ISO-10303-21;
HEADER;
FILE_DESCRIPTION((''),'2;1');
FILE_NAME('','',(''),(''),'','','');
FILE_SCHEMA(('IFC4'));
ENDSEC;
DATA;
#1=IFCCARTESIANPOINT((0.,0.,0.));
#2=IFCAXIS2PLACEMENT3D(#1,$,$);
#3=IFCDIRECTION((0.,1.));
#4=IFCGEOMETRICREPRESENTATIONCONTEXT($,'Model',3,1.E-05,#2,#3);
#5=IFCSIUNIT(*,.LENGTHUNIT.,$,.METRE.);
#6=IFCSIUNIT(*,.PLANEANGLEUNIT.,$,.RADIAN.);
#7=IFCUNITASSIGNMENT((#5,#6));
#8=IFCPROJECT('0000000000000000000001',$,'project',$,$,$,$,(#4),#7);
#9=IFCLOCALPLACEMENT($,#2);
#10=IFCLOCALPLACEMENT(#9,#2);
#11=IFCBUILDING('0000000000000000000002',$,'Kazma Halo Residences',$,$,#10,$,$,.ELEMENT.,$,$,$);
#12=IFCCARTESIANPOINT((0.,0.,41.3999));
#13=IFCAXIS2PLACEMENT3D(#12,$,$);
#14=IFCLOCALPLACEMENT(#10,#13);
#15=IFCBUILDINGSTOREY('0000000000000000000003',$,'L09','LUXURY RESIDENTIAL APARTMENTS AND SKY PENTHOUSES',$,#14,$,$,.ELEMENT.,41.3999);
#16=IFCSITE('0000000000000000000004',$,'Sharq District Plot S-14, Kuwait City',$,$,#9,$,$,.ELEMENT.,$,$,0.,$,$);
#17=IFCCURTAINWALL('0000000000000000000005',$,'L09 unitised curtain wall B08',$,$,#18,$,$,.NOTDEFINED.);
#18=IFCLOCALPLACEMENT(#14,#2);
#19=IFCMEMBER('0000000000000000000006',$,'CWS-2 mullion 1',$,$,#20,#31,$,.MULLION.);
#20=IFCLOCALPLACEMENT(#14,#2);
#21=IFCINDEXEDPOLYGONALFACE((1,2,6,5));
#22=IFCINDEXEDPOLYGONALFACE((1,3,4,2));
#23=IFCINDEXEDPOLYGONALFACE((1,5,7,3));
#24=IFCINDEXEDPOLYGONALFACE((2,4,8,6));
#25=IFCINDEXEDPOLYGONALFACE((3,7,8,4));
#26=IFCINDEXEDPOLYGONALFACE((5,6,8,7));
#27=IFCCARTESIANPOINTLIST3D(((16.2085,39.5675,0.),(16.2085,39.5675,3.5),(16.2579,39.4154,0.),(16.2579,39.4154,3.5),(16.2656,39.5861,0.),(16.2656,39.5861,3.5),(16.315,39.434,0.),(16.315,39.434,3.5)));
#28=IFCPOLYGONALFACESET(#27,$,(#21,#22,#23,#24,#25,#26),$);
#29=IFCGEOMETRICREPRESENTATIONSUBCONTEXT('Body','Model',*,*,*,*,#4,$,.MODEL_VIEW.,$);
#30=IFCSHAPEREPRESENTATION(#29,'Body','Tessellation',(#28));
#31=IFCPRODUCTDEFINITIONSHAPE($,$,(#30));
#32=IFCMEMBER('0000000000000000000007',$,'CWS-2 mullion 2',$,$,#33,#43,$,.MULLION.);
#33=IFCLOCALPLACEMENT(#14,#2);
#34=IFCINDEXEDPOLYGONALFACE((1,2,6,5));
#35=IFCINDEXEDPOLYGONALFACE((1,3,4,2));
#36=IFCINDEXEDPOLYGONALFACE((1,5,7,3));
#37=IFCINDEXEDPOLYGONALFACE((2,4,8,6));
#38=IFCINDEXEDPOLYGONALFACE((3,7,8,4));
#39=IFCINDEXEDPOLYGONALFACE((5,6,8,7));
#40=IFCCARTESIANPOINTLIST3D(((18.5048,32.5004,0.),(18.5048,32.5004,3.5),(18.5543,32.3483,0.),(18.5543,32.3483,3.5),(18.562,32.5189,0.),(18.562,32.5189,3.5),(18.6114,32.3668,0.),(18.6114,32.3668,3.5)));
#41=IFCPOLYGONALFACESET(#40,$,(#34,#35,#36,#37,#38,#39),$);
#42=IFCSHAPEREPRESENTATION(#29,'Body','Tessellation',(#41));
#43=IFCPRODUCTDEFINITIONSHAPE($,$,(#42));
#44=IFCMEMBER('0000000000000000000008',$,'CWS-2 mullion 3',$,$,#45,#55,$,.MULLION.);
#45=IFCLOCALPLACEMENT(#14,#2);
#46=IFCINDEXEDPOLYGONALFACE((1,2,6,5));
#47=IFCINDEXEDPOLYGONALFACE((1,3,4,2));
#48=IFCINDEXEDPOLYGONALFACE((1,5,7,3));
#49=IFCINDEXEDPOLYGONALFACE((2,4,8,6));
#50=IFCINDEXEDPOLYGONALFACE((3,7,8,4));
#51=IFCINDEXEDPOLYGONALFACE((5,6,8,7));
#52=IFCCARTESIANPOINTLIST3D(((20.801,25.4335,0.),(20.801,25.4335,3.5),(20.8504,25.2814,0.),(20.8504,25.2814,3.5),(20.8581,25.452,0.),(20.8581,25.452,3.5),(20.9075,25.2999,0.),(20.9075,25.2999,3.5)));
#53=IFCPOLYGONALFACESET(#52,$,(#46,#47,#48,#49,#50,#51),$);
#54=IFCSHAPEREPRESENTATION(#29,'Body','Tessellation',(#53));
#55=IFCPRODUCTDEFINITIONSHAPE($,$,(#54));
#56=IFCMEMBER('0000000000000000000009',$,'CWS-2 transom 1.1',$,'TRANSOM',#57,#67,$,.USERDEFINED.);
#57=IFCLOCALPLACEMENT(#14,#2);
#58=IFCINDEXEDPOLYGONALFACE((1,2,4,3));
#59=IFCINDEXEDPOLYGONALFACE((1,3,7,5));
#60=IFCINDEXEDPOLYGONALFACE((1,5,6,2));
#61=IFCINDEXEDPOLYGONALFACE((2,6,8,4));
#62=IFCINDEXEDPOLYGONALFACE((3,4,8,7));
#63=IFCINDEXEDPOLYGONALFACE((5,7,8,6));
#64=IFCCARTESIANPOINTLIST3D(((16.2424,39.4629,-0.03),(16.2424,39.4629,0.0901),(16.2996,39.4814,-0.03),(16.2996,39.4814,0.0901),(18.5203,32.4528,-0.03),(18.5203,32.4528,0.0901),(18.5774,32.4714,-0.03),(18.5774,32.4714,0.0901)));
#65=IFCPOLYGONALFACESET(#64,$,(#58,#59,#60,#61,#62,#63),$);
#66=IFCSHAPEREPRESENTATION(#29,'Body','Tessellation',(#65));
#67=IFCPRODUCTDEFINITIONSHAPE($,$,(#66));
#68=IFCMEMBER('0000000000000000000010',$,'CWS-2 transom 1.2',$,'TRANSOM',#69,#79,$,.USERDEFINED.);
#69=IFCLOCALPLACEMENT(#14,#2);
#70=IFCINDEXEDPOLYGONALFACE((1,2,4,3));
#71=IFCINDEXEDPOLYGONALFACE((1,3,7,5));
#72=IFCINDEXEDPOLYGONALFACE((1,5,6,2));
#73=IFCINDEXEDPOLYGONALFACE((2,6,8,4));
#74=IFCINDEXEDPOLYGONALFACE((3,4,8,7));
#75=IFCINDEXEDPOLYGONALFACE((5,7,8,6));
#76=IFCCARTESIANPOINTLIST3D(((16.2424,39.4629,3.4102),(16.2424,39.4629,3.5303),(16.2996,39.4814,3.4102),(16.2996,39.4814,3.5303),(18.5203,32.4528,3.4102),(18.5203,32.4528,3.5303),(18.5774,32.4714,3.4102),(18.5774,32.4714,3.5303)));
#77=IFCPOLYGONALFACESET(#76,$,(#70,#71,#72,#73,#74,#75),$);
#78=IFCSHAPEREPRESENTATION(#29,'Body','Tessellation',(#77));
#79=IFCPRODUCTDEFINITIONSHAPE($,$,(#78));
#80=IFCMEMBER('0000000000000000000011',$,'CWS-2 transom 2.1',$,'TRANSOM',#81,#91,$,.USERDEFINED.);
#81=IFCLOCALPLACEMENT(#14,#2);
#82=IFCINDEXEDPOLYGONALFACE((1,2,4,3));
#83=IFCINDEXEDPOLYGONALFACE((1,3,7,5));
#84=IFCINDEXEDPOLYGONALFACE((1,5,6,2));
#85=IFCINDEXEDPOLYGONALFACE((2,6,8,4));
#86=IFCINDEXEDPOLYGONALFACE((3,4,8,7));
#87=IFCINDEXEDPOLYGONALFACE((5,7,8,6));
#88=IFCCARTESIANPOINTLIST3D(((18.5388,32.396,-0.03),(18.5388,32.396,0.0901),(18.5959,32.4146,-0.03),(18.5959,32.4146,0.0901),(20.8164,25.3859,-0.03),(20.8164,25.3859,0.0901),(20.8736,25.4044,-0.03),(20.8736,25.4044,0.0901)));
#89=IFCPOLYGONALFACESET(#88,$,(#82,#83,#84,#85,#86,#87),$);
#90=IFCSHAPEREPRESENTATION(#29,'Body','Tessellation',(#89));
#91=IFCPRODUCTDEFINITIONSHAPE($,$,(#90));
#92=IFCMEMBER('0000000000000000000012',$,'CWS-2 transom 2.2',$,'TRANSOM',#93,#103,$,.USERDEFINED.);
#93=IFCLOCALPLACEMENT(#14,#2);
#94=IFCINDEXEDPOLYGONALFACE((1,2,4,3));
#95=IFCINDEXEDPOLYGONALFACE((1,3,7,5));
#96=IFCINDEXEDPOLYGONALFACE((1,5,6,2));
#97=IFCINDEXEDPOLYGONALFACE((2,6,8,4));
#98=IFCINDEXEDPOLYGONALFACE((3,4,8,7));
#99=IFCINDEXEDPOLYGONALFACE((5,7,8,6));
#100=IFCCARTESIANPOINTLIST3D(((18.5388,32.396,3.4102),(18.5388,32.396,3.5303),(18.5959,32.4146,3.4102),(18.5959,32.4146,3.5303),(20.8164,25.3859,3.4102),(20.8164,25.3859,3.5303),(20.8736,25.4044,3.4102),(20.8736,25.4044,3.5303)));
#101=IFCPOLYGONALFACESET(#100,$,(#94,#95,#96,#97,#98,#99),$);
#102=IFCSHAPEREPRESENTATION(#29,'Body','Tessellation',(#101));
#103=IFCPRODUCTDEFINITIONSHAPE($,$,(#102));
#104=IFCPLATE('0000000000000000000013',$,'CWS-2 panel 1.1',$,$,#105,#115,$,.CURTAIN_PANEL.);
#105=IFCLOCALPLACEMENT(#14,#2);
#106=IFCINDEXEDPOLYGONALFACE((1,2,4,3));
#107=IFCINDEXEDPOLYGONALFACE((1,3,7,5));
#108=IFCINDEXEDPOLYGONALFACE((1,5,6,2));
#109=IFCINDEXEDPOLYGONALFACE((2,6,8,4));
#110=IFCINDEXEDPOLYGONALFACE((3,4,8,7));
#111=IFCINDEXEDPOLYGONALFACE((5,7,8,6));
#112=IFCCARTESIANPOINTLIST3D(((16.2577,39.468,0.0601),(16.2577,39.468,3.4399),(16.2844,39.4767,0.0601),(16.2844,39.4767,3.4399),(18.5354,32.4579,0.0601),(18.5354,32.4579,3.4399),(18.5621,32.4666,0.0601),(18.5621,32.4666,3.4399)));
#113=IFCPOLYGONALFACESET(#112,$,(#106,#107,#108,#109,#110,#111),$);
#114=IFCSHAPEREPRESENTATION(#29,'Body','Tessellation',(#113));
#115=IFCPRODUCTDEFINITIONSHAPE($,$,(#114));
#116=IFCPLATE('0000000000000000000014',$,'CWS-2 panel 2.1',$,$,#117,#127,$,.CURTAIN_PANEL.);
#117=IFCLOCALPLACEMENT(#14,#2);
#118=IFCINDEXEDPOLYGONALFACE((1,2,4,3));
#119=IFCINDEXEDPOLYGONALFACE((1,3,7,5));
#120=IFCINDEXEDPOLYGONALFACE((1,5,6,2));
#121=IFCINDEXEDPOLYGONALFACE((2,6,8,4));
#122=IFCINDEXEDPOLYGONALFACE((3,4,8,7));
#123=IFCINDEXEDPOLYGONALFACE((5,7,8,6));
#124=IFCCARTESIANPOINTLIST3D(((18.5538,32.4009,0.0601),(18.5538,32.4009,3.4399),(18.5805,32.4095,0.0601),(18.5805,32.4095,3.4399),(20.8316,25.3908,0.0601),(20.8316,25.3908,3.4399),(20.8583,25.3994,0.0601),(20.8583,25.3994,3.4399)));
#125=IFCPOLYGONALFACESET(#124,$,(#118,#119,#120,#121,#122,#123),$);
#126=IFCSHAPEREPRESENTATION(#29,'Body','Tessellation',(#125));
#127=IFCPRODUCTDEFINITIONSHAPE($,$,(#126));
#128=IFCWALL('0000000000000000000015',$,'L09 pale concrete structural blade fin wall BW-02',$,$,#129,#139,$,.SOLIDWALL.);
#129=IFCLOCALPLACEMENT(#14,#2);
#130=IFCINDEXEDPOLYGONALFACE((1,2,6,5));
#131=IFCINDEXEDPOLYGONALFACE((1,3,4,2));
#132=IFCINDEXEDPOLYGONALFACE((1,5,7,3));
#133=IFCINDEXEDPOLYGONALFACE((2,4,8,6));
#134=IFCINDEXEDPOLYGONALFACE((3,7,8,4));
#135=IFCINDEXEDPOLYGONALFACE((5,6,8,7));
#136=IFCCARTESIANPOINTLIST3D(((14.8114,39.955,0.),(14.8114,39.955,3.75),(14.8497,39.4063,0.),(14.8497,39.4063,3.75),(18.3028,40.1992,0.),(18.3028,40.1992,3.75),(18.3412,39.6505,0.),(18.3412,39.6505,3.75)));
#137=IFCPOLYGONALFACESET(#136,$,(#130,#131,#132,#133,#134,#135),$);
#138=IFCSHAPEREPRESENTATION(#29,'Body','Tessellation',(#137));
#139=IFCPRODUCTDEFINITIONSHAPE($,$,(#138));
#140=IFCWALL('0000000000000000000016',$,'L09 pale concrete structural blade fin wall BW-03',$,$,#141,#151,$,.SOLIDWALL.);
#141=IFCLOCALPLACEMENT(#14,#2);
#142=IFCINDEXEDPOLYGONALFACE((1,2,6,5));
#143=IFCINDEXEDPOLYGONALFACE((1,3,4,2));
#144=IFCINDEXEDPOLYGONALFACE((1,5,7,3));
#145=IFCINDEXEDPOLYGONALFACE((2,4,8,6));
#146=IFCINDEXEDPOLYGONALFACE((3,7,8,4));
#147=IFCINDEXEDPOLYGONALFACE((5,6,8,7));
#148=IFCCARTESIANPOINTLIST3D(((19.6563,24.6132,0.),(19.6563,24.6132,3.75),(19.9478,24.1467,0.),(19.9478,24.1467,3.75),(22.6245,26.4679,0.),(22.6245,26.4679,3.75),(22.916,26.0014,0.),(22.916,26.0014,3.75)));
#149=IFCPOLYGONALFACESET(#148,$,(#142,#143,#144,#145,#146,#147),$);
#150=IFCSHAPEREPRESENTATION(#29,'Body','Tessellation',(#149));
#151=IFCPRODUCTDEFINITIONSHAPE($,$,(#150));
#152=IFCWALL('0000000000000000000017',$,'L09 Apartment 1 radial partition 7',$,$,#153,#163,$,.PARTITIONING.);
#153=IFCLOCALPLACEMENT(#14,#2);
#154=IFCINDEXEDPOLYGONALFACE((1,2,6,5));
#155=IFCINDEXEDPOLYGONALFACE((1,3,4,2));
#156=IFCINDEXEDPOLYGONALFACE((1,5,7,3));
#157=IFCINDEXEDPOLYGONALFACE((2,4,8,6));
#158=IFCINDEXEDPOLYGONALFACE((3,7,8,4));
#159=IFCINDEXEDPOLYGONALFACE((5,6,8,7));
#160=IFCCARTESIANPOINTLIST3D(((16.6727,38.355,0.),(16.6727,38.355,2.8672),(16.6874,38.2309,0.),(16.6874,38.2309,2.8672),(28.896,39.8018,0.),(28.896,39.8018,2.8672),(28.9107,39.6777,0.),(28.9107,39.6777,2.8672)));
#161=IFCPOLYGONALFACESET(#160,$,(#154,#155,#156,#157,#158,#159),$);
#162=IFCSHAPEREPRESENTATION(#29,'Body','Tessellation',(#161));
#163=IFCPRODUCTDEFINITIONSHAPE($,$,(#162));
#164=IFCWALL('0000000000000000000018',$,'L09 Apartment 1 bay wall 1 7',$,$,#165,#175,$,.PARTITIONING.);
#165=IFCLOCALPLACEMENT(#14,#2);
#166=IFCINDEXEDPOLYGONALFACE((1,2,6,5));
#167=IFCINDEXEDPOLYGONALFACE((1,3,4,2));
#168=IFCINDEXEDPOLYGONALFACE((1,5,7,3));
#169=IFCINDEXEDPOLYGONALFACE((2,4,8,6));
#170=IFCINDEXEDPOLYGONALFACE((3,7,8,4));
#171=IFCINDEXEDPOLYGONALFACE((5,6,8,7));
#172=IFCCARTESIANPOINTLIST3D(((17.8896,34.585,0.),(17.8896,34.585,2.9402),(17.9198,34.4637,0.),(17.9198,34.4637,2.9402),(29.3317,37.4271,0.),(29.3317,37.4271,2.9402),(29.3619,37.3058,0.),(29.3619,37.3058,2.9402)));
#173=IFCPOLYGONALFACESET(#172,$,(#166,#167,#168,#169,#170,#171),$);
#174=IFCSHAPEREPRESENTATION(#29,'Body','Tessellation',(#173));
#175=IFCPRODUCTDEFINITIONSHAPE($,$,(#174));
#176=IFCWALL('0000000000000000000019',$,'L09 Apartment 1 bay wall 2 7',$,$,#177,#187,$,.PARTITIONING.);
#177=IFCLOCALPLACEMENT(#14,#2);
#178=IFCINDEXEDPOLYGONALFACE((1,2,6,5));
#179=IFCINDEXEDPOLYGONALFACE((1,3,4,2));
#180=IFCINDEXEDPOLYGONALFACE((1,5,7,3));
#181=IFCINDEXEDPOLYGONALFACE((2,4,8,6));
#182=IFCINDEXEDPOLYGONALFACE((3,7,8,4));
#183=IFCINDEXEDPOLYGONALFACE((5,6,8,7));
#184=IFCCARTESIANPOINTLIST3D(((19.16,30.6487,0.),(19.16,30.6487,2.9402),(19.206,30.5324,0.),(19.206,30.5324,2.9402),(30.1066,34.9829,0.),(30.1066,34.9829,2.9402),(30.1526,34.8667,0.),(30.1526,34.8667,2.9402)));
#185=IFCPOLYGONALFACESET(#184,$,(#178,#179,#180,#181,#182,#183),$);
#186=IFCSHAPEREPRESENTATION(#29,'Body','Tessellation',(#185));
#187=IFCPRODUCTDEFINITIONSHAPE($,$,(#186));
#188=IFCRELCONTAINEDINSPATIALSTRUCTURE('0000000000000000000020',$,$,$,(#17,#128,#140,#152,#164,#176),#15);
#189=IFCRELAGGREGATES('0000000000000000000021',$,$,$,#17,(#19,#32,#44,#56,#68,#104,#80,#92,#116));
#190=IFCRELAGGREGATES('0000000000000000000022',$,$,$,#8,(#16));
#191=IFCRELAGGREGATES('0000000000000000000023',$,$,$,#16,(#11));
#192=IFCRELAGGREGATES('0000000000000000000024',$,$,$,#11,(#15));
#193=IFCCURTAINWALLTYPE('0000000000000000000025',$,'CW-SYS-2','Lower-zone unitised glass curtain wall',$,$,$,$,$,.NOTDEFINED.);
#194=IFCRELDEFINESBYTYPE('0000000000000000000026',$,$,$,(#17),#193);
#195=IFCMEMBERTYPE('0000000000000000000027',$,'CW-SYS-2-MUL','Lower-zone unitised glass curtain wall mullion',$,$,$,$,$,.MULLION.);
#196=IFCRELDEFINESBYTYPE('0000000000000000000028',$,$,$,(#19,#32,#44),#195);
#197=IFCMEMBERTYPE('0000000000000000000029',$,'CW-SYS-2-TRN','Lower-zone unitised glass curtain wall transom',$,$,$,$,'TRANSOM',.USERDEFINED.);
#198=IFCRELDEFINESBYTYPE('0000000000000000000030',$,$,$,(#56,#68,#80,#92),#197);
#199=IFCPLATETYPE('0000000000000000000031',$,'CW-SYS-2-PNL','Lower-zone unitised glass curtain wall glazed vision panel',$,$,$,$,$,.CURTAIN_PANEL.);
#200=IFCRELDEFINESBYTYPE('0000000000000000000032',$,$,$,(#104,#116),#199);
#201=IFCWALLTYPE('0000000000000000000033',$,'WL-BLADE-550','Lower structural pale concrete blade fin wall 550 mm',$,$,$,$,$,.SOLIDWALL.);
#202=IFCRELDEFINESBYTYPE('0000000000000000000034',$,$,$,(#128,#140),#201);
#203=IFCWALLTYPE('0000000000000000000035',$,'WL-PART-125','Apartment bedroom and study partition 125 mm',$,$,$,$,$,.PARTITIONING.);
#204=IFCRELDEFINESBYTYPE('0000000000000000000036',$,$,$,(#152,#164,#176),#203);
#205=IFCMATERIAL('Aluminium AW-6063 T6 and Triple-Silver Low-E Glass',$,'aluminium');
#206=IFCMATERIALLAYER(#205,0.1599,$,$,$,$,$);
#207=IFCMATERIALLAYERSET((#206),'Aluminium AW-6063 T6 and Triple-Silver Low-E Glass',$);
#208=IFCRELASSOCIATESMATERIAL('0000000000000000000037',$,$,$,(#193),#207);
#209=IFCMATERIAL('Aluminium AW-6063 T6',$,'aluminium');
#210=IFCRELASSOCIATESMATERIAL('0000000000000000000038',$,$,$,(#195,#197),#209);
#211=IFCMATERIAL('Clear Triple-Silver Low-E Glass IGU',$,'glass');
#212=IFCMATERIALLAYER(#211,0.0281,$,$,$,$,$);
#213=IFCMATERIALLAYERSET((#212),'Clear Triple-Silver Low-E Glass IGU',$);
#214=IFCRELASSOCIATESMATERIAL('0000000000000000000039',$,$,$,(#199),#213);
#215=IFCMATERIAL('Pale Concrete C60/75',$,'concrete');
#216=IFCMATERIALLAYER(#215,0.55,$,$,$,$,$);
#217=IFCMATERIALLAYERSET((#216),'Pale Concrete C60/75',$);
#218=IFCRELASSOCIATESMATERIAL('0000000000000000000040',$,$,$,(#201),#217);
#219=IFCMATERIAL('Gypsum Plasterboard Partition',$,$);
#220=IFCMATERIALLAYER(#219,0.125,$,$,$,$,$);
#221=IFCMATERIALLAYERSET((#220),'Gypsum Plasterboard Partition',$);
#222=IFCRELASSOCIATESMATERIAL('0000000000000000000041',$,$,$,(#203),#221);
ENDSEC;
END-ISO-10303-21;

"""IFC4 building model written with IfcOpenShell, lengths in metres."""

from ifc_helpers import new_model, si_unit, direction, frame, frame_2d, origin, origin_2d, place, context, subcontext, project, spatial, rectangle, extrude, material, layer, layer_set, material_profile, profile_set, type_object, element, aggregate, save


model = new_model("IFC4")

# Units and contexts
model_context = context("Model", 3, precision=1e-05, world=origin(), true_north=direction((0.0, 1.0)))
body_context = subcontext(model_context, "Body", "Model", "MODEL_VIEW")
ifc_project = project(units=[si_unit("LENGTHUNIT", "METRE"), si_unit("PLANEANGLEUNIT", "RADIAN")], contexts=[model_context])

# Site, building, storey
site_placement = place(None, origin())
site = spatial("IfcSite", under=ifc_project, at=site_placement, Name="Sharq District Plot S-14, Kuwait City", CompositionType="ELEMENT", RefElevation=0.0)
building_placement = place(site_placement, origin())
building = spatial("IfcBuilding", under=site, at=building_placement, Name="Kazma Halo Residences", CompositionType="ELEMENT")
storey_placement = place(building_placement, frame((0.0, 0.0, 41.3999)))
storey = spatial("IfcBuildingStorey", under=building, at=storey_placement, Name="L09", Description="LUXURY RESIDENTIAL APARTMENTS AND SKY PENTHOUSES", CompositionType="ELEMENT", Elevation=41.3999)

# Curtain wall, members, plates
ifc_material_1 = material(Name="Aluminium AW-6063 T6 and Triple-Silver Low-E Glass", Category="aluminium")
ifc_layer_1 = layer(ifc_material_1, 0.1599)
ifc_layer_set_1 = layer_set([ifc_layer_1], Name="Aluminium AW-6063 T6 and Triple-Silver Low-E Glass")
curtain_wall_type = type_object("IfcCurtainWallType", Name="CW-SYS-2", Description="Lower-zone unitised glass curtain wall", PredefinedType="NOTDEFINED", material=ifc_layer_set_1)
curtain_wall_placement = place(storey_placement, origin())
curtain_wall = element("IfcCurtainWall", 1, at=curtain_wall_placement, inside=storey, type_object=curtain_wall_type, Name="L09 unitised curtain wall B08", PredefinedType="NOTDEFINED")
ifc_material_2 = material(Name="Aluminium AW-6063 T6", Category="aluminium")
ifc_material_profile_1 = material_profile(ifc_material_2, rectangle(XDim=0.0601, YDim=0.1599, at=origin_2d()), Name="CWM-60x160")
ifc_profile_set_1 = profile_set([ifc_material_profile_1], Name="Aluminium AW-6063 T6")
member_type_1 = type_object("IfcMemberType", Name="CW-SYS-2-MUL", Description="Lower-zone unitised glass curtain wall mullion", PredefinedType="MULLION", material=ifc_profile_set_1)
member_1_placement = place(storey_placement, frame((16.2617, 39.5007, 0.0), z_axis=(0.0, 0.0, 1.0), x_axis=(0.951057, 0.309017, 0.0)))
member_1 = element("IfcMember", 2, at=member_1_placement, type_object=member_type_1, Name="CWS-2 mullion 1", PredefinedType="MULLION", context=body_context, shape_type="SweptSolid", body=[
    extrude(rectangle(XDim=0.0601, YDim=0.1599, at=origin_2d()), origin(), (0.0, 0.0, 1.0), 3.5),
])
member_2_placement = place(storey_placement, frame((18.5581, 32.4336, 0.0), z_axis=(0.0, 0.0, 1.0), x_axis=(0.951057, 0.309017, 0.0)))
member_2 = element("IfcMember", 3, at=member_2_placement, type_object=member_type_1, Name="CWS-2 mullion 2", PredefinedType="MULLION", context=body_context, shape_type="SweptSolid", body=[
    extrude(rectangle(XDim=0.0601, YDim=0.1599, at=origin_2d()), origin(), (0.0, 0.0, 1.0), 3.5),
])
member_3_placement = place(storey_placement, frame((20.8542, 25.3667, 0.0), z_axis=(0.0, 0.0, 1.0), x_axis=(0.951057, 0.309017, 0.0)))
member_3 = element("IfcMember", 4, at=member_3_placement, type_object=member_type_1, Name="CWS-2 mullion 3", PredefinedType="MULLION", context=body_context, shape_type="SweptSolid", body=[
    extrude(rectangle(XDim=0.0601, YDim=0.1599, at=origin_2d()), origin(), (0.0, 0.0, 1.0), 3.5),
])
ifc_material_profile_2 = material_profile(ifc_material_2, rectangle(XDim=0.0601, YDim=0.1201, at=origin_2d()), Name="CWT-60x120")
ifc_profile_set_2 = profile_set([ifc_material_profile_2], Name="Aluminium AW-6063 T6")
member_type_2 = type_object("IfcMemberType", Name="CW-SYS-2-TRN", Description="Lower-zone unitised glass curtain wall transom", ElementType="TRANSOM", PredefinedType="USERDEFINED", material=ifc_profile_set_2)
member_4_placement = place(storey_placement, frame((16.271, 39.4722, 0.03), z_axis=(0.309034, -0.951051, 0.0), x_axis=(0.951051, 0.309034, 0.0)))
member_4 = element("IfcMember", 5, at=member_4_placement, type_object=member_type_2, Name="CWS-2 transom 1.1", ObjectType="TRANSOM", PredefinedType="USERDEFINED", context=body_context, shape_type="SweptSolid", body=[
    extrude(rectangle(XDim=0.0601, YDim=0.1201, at=origin_2d()), origin(), (0.0, 0.0, 1.0), 7.3708),
])
member_5_placement = place(storey_placement, frame((16.271, 39.4722, 3.4702), z_axis=(0.309034, -0.951051, 0.0), x_axis=(0.951051, 0.309034, 0.0)))
member_5 = element("IfcMember", 6, at=member_5_placement, type_object=member_type_2, Name="CWS-2 transom 1.2", ObjectType="TRANSOM", PredefinedType="USERDEFINED", context=body_context, shape_type="SweptSolid", body=[
    extrude(rectangle(XDim=0.0601, YDim=0.1201, at=origin_2d()), origin(), (0.0, 0.0, 1.0), 7.3708),
])
member_6_placement = place(storey_placement, frame((18.5674, 32.4053, 0.03), z_axis=(0.309004, -0.951061, 0.0), x_axis=(0.951061, 0.309004, 0.0)))
member_6 = element("IfcMember", 7, at=member_6_placement, type_object=member_type_2, Name="CWS-2 transom 2.1", ObjectType="TRANSOM", PredefinedType="USERDEFINED", context=body_context, shape_type="SweptSolid", body=[
    extrude(rectangle(XDim=0.0601, YDim=0.1201, at=origin_2d()), origin(), (0.0, 0.0, 1.0), 7.3708),
])
member_7_placement = place(storey_placement, frame((18.5674, 32.4053, 3.4702), z_axis=(0.309004, -0.951061, 0.0), x_axis=(0.951061, 0.309004, 0.0)))
member_7 = element("IfcMember", 8, at=member_7_placement, type_object=member_type_2, Name="CWS-2 transom 2.2", ObjectType="TRANSOM", PredefinedType="USERDEFINED", context=body_context, shape_type="SweptSolid", body=[
    extrude(rectangle(XDim=0.0601, YDim=0.1201, at=origin_2d()), origin(), (0.0, 0.0, 1.0), 7.3708),
])
ifc_material_3 = material(Name="Clear Triple-Silver Low-E Glass IGU", Category="glass")
ifc_layer_2 = layer(ifc_material_3, 0.0281)
ifc_layer_set_2 = layer_set([ifc_layer_2], Name="Clear Triple-Silver Low-E Glass IGU")
plate_type = type_object("IfcPlateType", Name="CW-SYS-2-PNL", Description="Lower-zone unitised glass curtain wall glazed vision panel", PredefinedType="CURTAIN_PANEL", material=ifc_layer_set_2)
plate_1_placement = place(storey_placement, frame((17.4099, 35.9673, 0.0601), z_axis=(0.0, 0.0, 1.0), x_axis=(0.309017, -0.951057, 0.0)))
plate_1 = element("IfcPlate", 9, at=plate_1_placement, type_object=plate_type, Name="CWS-2 panel 1.1", PredefinedType="CURTAIN_PANEL", context=body_context, shape_type="SweptSolid", body=[
    extrude(rectangle(XDim=7.3708, YDim=0.0281, at=origin_2d()), origin(), (0.0, 0.0, 1.0), 3.3799),
])
plate_2_placement = place(storey_placement, frame((19.7061, 28.9001, 0.0601), z_axis=(0.0, 0.0, 1.0), x_axis=(0.309017, -0.951057, 0.0)))
plate_2 = element("IfcPlate", 10, at=plate_2_placement, type_object=plate_type, Name="CWS-2 panel 2.1", PredefinedType="CURTAIN_PANEL", context=body_context, shape_type="SweptSolid", body=[
    extrude(rectangle(XDim=7.3708, YDim=0.0281, at=origin_2d()), origin(), (0.0, 0.0, 1.0), 3.3799),
])
aggregate(curtain_wall, [member_1, member_2, member_3, member_4, member_5, plate_1, member_6, member_7, plate_2])

# Walls
ifc_material_4 = material(Name="Pale Concrete C60/75", Category="concrete")
ifc_layer_3 = layer(ifc_material_4, 0.55)
ifc_layer_set_3 = layer_set([ifc_layer_3], Name="Pale Concrete C60/75")
wall_type_1 = type_object("IfcWallType", Name="WL-BLADE-550", Description="Lower structural pale concrete blade fin wall 550 mm", PredefinedType="SOLIDWALL", material=ifc_layer_set_3)
for number, where, z_axis, x_axis, name in (
    (11, (18.322, 39.9248, 0.0), (0.0, 0.0, 1.0), (-0.997564, -0.069755, 0.0), "L09 pale concrete structural blade fin wall BW-02"),
    (12, (22.7703, 26.2346, 0.0), (0.0, 0.0, 1.0), (-0.848053, -0.529911, 0.0), "L09 pale concrete structural blade fin wall BW-03"),
):
    element("IfcWall", number, at=place(storey_placement, frame(where, z_axis=z_axis, x_axis=x_axis)), inside=storey, type_object=wall_type_1, Name=name, PredefinedType="SOLIDWALL", context=body_context, shape_type="SweptSolid", body=[
        extrude(rectangle(XDim=3.5, YDim=0.55, at=frame_2d((1.75, 0.0))), origin(), (0.0, 0.0, 1.0), 3.75),
    ])
ifc_material_5 = material(Name="Gypsum Plasterboard Partition")
ifc_layer_4 = layer(ifc_material_5, 0.125)
ifc_layer_set_4 = layer_set([ifc_layer_4], Name="Gypsum Plasterboard Partition")
wall_type_2 = type_object("IfcWallType", Name="WL-PART-125", Description="Apartment bedroom and study partition 125 mm", PredefinedType="PARTITIONING", material=ifc_layer_set_4)
wall_1_placement = place(storey_placement, frame((28.9033, 39.7397, 0.0), z_axis=(0.0, 0.0, 1.0), x_axis=(-0.993068, -0.117541, 0.0)))
element("IfcWall", 13, at=wall_1_placement, inside=storey, type_object=wall_type_2, Name="L09 Apartment 1 radial partition 7", PredefinedType="PARTITIONING", context=body_context, shape_type="SweptSolid", body=[
    extrude(rectangle(XDim=12.3086, YDim=0.125, at=frame_2d((6.1543, 0.0))), origin(), (0.0, 0.0, 1.0), 2.8672),
])
wall_2_placement = place(storey_placement, frame((29.3469, 37.3665, 0.0), z_axis=(0.0, 0.0, 1.0), x_axis=(-0.97051, -0.241059, 0.0)))
element("IfcWall", 14, at=wall_2_placement, inside=storey, type_object=wall_type_2, Name="L09 Apartment 1 bay wall 1 7", PredefinedType="PARTITIONING", context=body_context, shape_type="SweptSolid", body=[
    extrude(rectangle(XDim=11.7898, YDim=0.125, at=frame_2d((5.895, 0.0))), origin(), (0.0, 0.0, 1.0), 2.9402),
])
wall_3_placement = place(storey_placement, frame((30.1296, 34.9248, 0.0), z_axis=(0.0, 0.0, 1.0), x_axis=(-0.929771, -0.368138, 0.0)))
element("IfcWall", 15, at=wall_3_placement, inside=storey, type_object=wall_type_2, Name="L09 Apartment 1 bay wall 2 7", PredefinedType="PARTITIONING", context=body_context, shape_type="SweptSolid", body=[
    extrude(rectangle(XDim=11.7734, YDim=0.125, at=frame_2d((5.8867, 0.0))), origin(), (0.0, 0.0, 1.0), 2.9402),
])

save(model, "model.ifc")
